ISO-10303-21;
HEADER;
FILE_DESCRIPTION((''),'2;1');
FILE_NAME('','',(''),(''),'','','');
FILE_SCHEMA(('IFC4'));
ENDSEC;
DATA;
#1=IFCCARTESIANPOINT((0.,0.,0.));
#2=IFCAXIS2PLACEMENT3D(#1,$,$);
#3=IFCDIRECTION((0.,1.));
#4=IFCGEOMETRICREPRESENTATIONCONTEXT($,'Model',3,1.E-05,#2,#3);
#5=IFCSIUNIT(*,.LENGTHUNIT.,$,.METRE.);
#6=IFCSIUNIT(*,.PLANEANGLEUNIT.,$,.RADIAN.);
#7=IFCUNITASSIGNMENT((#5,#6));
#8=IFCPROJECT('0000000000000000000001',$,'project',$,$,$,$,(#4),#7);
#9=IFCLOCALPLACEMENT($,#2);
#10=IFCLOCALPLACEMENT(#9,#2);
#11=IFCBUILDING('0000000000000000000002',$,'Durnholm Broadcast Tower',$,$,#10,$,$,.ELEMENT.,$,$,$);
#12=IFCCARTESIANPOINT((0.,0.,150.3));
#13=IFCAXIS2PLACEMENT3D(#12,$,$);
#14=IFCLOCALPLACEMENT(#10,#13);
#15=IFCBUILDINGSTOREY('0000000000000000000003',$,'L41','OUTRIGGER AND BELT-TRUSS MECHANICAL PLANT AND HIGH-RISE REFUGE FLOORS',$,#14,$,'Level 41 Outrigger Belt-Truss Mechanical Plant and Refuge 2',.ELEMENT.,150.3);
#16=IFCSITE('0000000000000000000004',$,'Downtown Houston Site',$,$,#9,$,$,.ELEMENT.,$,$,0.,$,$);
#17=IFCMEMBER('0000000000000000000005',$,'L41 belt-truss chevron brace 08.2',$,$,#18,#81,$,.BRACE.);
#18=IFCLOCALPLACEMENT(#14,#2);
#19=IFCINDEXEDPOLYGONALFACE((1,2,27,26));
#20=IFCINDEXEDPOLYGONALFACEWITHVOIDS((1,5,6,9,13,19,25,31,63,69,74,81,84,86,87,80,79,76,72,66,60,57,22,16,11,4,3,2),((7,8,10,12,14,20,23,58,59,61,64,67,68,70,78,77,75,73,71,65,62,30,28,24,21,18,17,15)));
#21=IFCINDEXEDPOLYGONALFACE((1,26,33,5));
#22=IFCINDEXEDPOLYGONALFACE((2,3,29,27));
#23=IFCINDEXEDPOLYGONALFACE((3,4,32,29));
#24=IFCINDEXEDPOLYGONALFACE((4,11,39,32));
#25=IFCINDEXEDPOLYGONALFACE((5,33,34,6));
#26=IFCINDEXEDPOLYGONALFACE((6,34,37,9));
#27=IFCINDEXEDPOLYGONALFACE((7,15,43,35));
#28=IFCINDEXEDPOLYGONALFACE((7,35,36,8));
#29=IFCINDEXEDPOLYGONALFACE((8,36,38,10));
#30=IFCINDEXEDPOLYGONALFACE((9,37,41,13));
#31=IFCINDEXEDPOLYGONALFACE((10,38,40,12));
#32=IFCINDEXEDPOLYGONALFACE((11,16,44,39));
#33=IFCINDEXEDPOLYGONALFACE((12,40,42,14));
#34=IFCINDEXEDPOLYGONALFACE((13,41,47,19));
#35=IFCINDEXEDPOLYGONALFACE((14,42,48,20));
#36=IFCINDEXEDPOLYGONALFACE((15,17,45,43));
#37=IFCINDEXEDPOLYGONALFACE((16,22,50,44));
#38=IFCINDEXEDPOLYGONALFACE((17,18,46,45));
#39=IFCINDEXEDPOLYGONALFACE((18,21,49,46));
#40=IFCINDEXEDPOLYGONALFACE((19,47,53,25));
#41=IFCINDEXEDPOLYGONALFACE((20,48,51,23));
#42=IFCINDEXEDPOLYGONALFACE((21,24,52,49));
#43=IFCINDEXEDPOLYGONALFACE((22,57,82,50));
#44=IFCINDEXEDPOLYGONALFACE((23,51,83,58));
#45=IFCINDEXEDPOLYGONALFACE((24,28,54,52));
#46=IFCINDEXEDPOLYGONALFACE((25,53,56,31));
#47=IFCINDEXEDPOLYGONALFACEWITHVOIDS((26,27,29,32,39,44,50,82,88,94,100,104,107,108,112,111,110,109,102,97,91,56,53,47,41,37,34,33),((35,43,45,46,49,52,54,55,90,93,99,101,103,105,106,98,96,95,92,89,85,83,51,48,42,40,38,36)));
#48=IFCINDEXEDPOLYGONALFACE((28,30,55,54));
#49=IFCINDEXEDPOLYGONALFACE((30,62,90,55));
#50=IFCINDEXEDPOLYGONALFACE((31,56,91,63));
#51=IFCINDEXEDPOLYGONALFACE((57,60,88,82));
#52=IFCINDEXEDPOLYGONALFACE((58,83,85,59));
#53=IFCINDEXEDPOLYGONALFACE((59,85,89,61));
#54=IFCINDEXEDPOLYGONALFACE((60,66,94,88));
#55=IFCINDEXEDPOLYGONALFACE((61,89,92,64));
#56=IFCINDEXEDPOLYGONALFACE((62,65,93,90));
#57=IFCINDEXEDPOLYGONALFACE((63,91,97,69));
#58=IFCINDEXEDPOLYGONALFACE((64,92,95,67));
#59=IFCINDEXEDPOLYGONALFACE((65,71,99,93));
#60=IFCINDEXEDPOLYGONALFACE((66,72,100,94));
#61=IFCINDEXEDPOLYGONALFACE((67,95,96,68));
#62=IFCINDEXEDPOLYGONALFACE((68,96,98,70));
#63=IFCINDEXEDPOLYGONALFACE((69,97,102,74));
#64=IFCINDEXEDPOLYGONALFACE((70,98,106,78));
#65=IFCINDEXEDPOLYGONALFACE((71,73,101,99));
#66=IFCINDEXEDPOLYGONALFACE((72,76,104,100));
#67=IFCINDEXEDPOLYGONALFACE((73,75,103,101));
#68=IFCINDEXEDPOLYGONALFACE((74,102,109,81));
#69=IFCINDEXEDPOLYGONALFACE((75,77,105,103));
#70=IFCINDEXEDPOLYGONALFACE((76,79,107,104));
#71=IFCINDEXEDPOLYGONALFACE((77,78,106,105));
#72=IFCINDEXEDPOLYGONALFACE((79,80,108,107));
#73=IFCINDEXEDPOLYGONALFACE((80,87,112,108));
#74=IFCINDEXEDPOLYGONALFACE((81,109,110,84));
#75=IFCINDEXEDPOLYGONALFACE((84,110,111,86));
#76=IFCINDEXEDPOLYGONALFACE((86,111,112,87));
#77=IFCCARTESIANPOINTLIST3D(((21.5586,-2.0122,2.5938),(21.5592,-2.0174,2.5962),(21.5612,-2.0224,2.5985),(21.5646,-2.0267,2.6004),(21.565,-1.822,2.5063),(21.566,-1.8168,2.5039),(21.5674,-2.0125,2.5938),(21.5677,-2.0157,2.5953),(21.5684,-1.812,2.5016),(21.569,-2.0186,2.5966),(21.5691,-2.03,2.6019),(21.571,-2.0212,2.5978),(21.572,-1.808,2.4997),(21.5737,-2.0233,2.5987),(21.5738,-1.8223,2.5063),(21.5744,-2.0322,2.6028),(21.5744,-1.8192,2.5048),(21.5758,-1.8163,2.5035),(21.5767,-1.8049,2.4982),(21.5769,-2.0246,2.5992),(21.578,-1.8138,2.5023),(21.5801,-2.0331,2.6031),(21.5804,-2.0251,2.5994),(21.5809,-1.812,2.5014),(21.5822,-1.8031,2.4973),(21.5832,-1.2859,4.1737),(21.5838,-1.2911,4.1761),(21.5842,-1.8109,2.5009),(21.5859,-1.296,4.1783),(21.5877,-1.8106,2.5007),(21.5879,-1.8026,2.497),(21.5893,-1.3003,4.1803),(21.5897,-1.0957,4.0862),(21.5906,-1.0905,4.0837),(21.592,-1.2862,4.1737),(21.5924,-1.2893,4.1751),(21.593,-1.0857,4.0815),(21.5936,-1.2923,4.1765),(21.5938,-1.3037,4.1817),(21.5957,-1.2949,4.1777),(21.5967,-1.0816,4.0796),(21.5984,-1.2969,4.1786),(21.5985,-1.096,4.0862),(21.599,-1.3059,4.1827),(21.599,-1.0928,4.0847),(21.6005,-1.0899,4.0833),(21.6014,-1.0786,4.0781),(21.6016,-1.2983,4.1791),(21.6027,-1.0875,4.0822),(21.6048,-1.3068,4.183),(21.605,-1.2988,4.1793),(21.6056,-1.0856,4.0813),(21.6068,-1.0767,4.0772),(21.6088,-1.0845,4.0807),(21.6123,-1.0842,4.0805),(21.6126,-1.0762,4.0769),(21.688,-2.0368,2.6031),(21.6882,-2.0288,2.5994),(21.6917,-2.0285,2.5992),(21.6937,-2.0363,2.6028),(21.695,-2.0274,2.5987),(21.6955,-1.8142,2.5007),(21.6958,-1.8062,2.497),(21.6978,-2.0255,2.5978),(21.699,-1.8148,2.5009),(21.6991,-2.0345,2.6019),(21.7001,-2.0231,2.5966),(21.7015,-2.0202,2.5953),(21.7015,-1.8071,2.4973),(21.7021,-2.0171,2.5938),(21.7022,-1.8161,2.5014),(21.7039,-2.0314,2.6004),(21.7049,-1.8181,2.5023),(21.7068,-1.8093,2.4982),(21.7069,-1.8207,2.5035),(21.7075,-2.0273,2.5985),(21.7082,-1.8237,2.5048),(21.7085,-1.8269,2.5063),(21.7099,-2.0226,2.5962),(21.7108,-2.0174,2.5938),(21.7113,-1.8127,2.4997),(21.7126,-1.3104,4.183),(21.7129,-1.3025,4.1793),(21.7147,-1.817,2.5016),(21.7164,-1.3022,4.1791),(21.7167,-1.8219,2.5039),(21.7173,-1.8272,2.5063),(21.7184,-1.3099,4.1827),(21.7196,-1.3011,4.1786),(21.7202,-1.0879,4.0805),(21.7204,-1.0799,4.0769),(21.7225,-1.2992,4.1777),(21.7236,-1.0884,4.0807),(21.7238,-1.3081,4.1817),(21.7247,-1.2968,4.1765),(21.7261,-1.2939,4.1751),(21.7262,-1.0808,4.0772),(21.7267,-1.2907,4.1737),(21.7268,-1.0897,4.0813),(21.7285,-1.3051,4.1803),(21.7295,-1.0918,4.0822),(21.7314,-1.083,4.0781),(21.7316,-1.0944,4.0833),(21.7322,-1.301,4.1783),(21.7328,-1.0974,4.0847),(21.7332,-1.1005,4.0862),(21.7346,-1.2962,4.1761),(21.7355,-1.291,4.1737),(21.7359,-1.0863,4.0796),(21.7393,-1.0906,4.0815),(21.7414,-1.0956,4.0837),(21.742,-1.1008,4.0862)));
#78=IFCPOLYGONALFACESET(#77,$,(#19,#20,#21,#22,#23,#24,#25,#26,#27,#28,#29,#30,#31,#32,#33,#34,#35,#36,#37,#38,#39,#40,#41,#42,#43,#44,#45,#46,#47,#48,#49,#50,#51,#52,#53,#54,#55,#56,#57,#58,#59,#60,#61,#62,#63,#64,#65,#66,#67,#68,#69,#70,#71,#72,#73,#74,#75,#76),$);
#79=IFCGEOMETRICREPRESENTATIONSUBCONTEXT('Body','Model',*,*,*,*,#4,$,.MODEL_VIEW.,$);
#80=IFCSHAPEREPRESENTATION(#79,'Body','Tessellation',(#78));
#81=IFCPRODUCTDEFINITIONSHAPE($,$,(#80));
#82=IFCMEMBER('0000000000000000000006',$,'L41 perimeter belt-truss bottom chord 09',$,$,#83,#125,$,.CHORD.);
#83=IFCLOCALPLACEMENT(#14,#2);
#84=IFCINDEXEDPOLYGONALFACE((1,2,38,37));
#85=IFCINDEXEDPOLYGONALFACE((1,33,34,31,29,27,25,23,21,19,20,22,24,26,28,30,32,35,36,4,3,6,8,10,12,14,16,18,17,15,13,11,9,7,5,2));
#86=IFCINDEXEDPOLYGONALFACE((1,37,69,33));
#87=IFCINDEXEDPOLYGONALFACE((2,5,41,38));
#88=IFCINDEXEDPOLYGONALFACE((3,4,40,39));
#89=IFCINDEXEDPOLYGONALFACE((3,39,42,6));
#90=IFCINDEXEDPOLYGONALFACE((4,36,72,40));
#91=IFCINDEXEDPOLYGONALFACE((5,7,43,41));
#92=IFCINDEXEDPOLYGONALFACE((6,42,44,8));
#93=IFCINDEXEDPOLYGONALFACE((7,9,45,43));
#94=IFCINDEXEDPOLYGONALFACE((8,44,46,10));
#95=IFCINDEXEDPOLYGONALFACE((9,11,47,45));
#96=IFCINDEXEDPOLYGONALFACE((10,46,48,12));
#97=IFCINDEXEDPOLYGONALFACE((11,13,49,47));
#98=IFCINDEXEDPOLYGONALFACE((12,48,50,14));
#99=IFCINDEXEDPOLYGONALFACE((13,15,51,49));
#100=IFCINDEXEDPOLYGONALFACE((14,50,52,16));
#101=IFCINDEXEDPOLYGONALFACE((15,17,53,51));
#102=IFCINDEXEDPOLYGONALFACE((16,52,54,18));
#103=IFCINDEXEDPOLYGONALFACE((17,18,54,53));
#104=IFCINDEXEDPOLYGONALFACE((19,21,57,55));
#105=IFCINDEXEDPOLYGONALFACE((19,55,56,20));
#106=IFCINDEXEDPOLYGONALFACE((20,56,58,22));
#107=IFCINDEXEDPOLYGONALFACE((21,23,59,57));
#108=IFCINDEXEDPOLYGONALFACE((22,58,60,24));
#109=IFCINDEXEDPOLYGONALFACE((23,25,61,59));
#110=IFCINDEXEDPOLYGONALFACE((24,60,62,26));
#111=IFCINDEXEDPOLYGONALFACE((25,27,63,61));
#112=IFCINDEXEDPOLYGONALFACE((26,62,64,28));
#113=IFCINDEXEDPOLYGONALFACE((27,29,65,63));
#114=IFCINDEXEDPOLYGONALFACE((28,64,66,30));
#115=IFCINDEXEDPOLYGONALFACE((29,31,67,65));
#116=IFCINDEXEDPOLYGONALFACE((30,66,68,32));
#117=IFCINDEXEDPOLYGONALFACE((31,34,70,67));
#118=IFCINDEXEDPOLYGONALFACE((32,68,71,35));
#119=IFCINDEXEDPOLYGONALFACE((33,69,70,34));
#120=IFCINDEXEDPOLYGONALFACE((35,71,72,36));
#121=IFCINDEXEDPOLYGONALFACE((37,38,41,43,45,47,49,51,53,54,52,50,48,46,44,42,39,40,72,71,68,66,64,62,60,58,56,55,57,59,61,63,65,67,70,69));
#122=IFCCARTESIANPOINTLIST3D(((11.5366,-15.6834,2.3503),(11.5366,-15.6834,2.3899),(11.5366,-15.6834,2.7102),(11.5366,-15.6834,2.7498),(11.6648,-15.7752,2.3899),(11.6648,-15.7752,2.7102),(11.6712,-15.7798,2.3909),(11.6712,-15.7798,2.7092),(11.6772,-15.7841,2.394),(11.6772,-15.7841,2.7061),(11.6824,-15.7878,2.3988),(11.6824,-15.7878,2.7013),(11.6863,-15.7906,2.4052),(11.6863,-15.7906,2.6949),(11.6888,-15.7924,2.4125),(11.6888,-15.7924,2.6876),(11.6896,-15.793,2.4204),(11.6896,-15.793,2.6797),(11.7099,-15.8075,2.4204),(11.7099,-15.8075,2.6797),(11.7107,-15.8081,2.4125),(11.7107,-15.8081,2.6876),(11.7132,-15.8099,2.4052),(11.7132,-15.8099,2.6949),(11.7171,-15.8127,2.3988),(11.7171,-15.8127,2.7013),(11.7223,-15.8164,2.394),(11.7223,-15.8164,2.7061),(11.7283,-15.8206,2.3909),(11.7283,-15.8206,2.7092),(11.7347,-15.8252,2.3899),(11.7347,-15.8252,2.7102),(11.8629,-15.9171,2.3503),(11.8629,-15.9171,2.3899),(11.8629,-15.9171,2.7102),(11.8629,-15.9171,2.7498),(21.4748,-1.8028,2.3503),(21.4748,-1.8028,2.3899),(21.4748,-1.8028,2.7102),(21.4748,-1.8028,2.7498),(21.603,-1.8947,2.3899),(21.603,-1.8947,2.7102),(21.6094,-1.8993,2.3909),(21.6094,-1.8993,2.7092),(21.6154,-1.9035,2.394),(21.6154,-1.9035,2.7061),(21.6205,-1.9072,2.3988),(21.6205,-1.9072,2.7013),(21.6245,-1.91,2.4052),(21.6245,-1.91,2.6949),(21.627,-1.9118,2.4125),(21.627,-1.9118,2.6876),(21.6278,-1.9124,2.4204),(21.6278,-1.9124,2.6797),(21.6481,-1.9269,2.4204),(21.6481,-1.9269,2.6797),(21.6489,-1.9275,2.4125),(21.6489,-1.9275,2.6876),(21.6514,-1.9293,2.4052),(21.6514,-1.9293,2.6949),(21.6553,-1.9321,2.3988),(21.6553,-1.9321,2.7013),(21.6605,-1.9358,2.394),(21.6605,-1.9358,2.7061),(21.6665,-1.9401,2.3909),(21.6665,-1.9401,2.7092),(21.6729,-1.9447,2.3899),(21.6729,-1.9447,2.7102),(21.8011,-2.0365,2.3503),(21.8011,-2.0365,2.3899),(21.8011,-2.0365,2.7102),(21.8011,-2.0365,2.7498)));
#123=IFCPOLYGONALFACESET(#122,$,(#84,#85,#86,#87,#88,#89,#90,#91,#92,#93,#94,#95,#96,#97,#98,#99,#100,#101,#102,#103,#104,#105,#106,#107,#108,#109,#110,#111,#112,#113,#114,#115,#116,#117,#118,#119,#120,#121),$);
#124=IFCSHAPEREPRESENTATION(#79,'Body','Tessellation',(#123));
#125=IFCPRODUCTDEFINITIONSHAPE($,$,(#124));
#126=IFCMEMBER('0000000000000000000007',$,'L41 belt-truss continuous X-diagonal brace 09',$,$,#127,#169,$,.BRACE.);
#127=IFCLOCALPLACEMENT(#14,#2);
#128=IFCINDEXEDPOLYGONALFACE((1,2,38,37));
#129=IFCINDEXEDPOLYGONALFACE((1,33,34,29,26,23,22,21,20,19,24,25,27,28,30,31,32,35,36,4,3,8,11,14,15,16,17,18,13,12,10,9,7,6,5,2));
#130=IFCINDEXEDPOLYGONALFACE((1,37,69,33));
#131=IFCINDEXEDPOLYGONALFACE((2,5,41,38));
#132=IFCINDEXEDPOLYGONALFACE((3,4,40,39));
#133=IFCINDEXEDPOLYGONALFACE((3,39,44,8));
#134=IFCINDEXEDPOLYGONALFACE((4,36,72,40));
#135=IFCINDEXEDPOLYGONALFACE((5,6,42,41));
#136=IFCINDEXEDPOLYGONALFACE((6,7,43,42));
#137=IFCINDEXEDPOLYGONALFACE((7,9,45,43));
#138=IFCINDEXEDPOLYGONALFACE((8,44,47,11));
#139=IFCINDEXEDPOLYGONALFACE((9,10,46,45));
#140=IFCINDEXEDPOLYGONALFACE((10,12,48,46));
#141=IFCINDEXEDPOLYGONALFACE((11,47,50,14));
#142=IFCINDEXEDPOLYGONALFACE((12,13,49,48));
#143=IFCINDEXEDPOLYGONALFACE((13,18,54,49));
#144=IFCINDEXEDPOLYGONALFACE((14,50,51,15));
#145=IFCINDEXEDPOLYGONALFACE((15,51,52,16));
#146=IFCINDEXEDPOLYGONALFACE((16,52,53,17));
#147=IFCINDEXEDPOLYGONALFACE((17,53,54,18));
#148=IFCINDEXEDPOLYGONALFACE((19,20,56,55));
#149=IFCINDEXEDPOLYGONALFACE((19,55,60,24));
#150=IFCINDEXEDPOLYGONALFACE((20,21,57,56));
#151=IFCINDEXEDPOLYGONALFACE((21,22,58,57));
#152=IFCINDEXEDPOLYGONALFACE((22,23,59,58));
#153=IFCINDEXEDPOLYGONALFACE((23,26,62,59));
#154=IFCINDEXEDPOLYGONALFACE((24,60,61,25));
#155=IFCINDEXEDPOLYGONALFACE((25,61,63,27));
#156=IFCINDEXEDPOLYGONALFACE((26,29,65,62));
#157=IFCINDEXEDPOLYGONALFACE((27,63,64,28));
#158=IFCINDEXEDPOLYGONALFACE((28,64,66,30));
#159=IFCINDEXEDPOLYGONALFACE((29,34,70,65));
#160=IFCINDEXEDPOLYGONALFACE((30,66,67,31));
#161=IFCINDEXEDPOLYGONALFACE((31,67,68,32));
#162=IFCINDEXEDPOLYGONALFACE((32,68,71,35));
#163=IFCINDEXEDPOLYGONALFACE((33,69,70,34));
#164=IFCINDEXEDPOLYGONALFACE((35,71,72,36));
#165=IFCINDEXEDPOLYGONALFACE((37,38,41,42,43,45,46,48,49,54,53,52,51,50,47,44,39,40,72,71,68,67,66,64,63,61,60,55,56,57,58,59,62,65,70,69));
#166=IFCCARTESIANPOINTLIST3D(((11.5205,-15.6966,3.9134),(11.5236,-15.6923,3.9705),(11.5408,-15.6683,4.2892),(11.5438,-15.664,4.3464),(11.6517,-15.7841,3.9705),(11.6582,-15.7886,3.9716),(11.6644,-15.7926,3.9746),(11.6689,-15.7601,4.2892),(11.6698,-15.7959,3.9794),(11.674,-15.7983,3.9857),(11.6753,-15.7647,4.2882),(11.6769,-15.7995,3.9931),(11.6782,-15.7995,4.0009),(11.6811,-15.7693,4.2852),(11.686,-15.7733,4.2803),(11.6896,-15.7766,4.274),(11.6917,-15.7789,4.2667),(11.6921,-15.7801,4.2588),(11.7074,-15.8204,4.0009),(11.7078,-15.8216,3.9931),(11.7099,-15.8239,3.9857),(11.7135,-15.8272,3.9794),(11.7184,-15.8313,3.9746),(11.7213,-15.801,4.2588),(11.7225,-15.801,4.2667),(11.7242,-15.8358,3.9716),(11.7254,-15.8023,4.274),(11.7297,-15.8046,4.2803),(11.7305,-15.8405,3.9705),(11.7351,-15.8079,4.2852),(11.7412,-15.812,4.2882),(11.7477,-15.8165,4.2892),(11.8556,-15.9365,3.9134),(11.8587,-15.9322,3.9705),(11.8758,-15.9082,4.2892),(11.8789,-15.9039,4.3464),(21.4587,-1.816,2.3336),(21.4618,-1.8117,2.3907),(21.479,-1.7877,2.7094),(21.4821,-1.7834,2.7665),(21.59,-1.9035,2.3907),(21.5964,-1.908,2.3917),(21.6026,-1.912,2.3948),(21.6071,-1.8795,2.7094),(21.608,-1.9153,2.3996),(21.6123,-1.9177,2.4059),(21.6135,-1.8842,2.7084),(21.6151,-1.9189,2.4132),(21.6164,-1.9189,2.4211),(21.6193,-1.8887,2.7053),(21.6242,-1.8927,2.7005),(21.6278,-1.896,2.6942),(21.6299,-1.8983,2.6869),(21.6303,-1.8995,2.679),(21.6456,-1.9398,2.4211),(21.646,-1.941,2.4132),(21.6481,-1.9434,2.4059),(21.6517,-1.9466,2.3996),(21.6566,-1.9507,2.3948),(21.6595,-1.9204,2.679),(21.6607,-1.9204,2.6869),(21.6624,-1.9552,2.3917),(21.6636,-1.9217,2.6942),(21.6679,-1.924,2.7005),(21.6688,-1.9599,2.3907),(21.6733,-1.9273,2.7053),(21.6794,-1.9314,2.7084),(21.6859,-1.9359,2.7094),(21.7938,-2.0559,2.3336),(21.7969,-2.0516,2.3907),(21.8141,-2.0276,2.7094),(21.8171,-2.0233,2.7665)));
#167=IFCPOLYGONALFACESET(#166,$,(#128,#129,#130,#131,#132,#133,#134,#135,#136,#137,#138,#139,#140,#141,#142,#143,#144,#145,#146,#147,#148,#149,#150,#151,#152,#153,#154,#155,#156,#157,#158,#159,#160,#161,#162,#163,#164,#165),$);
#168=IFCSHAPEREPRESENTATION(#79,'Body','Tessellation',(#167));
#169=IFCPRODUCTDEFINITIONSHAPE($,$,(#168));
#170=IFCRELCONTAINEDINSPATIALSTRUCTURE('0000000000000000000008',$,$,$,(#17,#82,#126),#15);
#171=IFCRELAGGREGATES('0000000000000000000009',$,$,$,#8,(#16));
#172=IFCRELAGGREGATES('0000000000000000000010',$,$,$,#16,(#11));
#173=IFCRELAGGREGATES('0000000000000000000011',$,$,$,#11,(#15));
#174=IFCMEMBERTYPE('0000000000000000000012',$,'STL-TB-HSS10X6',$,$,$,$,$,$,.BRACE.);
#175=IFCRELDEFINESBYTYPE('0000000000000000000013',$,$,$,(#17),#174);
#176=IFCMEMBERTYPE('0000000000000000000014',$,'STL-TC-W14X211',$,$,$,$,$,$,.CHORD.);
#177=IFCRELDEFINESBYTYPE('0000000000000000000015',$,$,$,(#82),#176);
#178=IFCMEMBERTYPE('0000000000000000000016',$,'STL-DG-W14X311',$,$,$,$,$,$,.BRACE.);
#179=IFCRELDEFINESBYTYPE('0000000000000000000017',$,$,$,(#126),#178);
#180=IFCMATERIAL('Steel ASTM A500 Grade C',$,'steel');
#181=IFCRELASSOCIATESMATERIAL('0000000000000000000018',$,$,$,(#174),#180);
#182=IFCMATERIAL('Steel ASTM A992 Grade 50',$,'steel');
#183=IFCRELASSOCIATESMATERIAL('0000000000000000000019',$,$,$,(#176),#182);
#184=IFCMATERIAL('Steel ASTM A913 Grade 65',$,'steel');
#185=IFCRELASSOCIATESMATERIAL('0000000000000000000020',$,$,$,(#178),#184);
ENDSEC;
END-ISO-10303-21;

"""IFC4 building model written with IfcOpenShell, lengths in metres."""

from ifc_helpers import new_model, si_unit, direction, frame, origin, origin_2d, place, context, subcontext, project, spatial, hollow_rectangle, i_section, extrude, source, transform, mapped, material, material_profile, profile_set, type_object, type_shapes, element, save


model = new_model("IFC4")

# Units and contexts
model_context = context("Model", 3, precision=1e-05, world=origin(), true_north=direction((0.0, 1.0)))
body_context = subcontext(model_context, "Body", "Model", "MODEL_VIEW")
ifc_project = project(units=[si_unit("LENGTHUNIT", "METRE"), si_unit("PLANEANGLEUNIT", "RADIAN")], contexts=[model_context])

# Site, building, storey
site_placement = place(None, origin())
site = spatial("IfcSite", under=ifc_project, at=site_placement, Name="Downtown Houston Site", CompositionType="ELEMENT", RefElevation=0.0)
building_placement = place(site_placement, origin())
building = spatial("IfcBuilding", under=site, at=building_placement, Name="Durnholm Broadcast Tower", CompositionType="ELEMENT")
storey_placement = place(building_placement, frame((0.0, 0.0, 150.3)))
storey = spatial("IfcBuildingStorey", under=building, at=storey_placement, Name="L41", Description="OUTRIGGER AND BELT-TRUSS MECHANICAL PLANT AND HIGH-RISE REFUGE FLOORS", LongName="Level 41 Outrigger Belt-Truss Mechanical Plant and Refuge 2", CompositionType="ELEMENT", Elevation=150.3)

# Shared definitions
ifc_material_1 = material(Name="Steel ASTM A992 Grade 50", Category="steel")

# Members
ifc_material_2 = material(Name="Steel ASTM A500 Grade C", Category="steel")
ifc_material_profile_1 = material_profile(ifc_material_2, hollow_rectangle(XDim=0.1523, YDim=0.2539, WallThickness=0.0088, InnerFilletRadius=0.0134, OuterFilletRadius=0.0222, at=origin_2d()), Name="HSS10X6X3/8")
ifc_profile_set_1 = profile_set([ifc_material_profile_1], Name="Steel ASTM A500 Grade C")
member_type_1 = type_object("IfcMemberType", Name="STL-TB-HSS10X6", PredefinedType="BRACE", material=ifc_profile_set_1)
shared_shape_1 = source(origin(), body_context, "Body", "SweptSolid", [
    extrude(hollow_rectangle(XDim=0.1523, YDim=0.2539, WallThickness=0.0088, InnerFilletRadius=0.0134, OuterFilletRadius=0.0222, at=origin_2d()), origin(), (0.0, 0.0, 1.0), 1.739),
])
member_1_placement = place(storey_placement, frame((21.6379, -1.9197, 2.55), z_axis=(0.01418, 0.417671, 0.908488), x_axis=(-0.999424, 0.03393, 0.0)))
element("IfcMember", 1, at=member_1_placement, inside=storey, type_object=member_type_1, Name="L41 belt-truss chevron brace 08.2", PredefinedType="BRACE", context=body_context, shape_type="MappedRepresentation", body=[
    mapped(shared_shape_1, transform((0.0, 0.0, 0.0), x_axis=(1.0, 0.0, 0.0), y_axis=(0.0, 1.0, 0.0), z_axis=(0.0, 0.0, 1.0), scale=1.0)),
])
ifc_material_profile_2 = material_profile(ifc_material_1, i_section(OverallWidth=0.4014, OverallDepth=0.3994, WebThickness=0.0249, FlangeThickness=0.0396, FilletRadius=0.0305, at=origin_2d()), Name="W14X211")
ifc_profile_set_2 = profile_set([ifc_material_profile_2], Name="Steel ASTM A992 Grade 50")
member_type_2 = type_object("IfcMemberType", Name="STL-TC-W14X211", PredefinedType="CHORD", material=ifc_profile_set_2)
shared_shape_2 = source(origin(), body_context, "Body", "SweptSolid", [
    extrude(i_section(OverallWidth=0.4014, OverallDepth=0.3994, WebThickness=0.0249, FlangeThickness=0.0396, FilletRadius=0.0305, at=origin_2d()), origin(), (0.0, 0.0, 1.0), 17.0715),
])
type_shapes(member_type_2, [shared_shape_2])
member_2_placement = place(storey_placement, frame((21.6379, -1.9197, 2.55), z_axis=(-0.58215, -0.813082, 0.0), x_axis=(0.813082, -0.58215, 0.0)))
element("IfcMember", 2, at=member_2_placement, inside=storey, type_object=member_type_2, Name="L41 perimeter belt-truss bottom chord 09", PredefinedType="CHORD", context=body_context, shape_type="MappedRepresentation", body=[
    mapped(shared_shape_2, transform((0.0, 0.0, 0.0), x_axis=(1.0, 0.0, 0.0), y_axis=(0.0, 1.0, 0.0), z_axis=(0.0, 0.0, 1.0), scale=1.0)),
])
ifc_material_3 = material(Name="Steel ASTM A913 Grade 65", Category="steel")
ifc_material_profile_3 = material_profile(ifc_material_3, i_section(OverallWidth=0.4121, OverallDepth=0.4348, WebThickness=0.0359, FlangeThickness=0.0574, FilletRadius=0.0305, at=origin_2d()), Name="W14X311")
ifc_profile_set_3 = profile_set([ifc_material_profile_3], Name="Steel ASTM A913 Grade 65")
member_type_3 = type_object("IfcMemberType", Name="STL-DG-W14X311", PredefinedType="BRACE", material=ifc_profile_set_3)
shared_shape_3 = source(origin(), body_context, "Body", "SweptSolid", [
    extrude(i_section(OverallWidth=0.4121, OverallDepth=0.4348, WebThickness=0.0359, FlangeThickness=0.0574, FilletRadius=0.0305, at=origin_2d()), origin(), (0.0, 0.0, 1.0), 17.1445),
])
member_3_placement = place(storey_placement, frame((21.6379, -1.9197, 2.55), z_axis=(-0.579673, -0.809622, 0.092148), x_axis=(0.813082, -0.58215, 0.0)))
element("IfcMember", 3, at=member_3_placement, inside=storey, type_object=member_type_3, Name="L41 belt-truss continuous X-diagonal brace 09", PredefinedType="BRACE", context=body_context, shape_type="MappedRepresentation", body=[
    mapped(shared_shape_3, transform((0.0, 0.0, 0.0), x_axis=(1.0, 0.0, 0.0), y_axis=(0.0, 1.0, 0.0), z_axis=(0.0, 0.0, 1.0), scale=1.0)),
])

save(model, "model.ifc")
